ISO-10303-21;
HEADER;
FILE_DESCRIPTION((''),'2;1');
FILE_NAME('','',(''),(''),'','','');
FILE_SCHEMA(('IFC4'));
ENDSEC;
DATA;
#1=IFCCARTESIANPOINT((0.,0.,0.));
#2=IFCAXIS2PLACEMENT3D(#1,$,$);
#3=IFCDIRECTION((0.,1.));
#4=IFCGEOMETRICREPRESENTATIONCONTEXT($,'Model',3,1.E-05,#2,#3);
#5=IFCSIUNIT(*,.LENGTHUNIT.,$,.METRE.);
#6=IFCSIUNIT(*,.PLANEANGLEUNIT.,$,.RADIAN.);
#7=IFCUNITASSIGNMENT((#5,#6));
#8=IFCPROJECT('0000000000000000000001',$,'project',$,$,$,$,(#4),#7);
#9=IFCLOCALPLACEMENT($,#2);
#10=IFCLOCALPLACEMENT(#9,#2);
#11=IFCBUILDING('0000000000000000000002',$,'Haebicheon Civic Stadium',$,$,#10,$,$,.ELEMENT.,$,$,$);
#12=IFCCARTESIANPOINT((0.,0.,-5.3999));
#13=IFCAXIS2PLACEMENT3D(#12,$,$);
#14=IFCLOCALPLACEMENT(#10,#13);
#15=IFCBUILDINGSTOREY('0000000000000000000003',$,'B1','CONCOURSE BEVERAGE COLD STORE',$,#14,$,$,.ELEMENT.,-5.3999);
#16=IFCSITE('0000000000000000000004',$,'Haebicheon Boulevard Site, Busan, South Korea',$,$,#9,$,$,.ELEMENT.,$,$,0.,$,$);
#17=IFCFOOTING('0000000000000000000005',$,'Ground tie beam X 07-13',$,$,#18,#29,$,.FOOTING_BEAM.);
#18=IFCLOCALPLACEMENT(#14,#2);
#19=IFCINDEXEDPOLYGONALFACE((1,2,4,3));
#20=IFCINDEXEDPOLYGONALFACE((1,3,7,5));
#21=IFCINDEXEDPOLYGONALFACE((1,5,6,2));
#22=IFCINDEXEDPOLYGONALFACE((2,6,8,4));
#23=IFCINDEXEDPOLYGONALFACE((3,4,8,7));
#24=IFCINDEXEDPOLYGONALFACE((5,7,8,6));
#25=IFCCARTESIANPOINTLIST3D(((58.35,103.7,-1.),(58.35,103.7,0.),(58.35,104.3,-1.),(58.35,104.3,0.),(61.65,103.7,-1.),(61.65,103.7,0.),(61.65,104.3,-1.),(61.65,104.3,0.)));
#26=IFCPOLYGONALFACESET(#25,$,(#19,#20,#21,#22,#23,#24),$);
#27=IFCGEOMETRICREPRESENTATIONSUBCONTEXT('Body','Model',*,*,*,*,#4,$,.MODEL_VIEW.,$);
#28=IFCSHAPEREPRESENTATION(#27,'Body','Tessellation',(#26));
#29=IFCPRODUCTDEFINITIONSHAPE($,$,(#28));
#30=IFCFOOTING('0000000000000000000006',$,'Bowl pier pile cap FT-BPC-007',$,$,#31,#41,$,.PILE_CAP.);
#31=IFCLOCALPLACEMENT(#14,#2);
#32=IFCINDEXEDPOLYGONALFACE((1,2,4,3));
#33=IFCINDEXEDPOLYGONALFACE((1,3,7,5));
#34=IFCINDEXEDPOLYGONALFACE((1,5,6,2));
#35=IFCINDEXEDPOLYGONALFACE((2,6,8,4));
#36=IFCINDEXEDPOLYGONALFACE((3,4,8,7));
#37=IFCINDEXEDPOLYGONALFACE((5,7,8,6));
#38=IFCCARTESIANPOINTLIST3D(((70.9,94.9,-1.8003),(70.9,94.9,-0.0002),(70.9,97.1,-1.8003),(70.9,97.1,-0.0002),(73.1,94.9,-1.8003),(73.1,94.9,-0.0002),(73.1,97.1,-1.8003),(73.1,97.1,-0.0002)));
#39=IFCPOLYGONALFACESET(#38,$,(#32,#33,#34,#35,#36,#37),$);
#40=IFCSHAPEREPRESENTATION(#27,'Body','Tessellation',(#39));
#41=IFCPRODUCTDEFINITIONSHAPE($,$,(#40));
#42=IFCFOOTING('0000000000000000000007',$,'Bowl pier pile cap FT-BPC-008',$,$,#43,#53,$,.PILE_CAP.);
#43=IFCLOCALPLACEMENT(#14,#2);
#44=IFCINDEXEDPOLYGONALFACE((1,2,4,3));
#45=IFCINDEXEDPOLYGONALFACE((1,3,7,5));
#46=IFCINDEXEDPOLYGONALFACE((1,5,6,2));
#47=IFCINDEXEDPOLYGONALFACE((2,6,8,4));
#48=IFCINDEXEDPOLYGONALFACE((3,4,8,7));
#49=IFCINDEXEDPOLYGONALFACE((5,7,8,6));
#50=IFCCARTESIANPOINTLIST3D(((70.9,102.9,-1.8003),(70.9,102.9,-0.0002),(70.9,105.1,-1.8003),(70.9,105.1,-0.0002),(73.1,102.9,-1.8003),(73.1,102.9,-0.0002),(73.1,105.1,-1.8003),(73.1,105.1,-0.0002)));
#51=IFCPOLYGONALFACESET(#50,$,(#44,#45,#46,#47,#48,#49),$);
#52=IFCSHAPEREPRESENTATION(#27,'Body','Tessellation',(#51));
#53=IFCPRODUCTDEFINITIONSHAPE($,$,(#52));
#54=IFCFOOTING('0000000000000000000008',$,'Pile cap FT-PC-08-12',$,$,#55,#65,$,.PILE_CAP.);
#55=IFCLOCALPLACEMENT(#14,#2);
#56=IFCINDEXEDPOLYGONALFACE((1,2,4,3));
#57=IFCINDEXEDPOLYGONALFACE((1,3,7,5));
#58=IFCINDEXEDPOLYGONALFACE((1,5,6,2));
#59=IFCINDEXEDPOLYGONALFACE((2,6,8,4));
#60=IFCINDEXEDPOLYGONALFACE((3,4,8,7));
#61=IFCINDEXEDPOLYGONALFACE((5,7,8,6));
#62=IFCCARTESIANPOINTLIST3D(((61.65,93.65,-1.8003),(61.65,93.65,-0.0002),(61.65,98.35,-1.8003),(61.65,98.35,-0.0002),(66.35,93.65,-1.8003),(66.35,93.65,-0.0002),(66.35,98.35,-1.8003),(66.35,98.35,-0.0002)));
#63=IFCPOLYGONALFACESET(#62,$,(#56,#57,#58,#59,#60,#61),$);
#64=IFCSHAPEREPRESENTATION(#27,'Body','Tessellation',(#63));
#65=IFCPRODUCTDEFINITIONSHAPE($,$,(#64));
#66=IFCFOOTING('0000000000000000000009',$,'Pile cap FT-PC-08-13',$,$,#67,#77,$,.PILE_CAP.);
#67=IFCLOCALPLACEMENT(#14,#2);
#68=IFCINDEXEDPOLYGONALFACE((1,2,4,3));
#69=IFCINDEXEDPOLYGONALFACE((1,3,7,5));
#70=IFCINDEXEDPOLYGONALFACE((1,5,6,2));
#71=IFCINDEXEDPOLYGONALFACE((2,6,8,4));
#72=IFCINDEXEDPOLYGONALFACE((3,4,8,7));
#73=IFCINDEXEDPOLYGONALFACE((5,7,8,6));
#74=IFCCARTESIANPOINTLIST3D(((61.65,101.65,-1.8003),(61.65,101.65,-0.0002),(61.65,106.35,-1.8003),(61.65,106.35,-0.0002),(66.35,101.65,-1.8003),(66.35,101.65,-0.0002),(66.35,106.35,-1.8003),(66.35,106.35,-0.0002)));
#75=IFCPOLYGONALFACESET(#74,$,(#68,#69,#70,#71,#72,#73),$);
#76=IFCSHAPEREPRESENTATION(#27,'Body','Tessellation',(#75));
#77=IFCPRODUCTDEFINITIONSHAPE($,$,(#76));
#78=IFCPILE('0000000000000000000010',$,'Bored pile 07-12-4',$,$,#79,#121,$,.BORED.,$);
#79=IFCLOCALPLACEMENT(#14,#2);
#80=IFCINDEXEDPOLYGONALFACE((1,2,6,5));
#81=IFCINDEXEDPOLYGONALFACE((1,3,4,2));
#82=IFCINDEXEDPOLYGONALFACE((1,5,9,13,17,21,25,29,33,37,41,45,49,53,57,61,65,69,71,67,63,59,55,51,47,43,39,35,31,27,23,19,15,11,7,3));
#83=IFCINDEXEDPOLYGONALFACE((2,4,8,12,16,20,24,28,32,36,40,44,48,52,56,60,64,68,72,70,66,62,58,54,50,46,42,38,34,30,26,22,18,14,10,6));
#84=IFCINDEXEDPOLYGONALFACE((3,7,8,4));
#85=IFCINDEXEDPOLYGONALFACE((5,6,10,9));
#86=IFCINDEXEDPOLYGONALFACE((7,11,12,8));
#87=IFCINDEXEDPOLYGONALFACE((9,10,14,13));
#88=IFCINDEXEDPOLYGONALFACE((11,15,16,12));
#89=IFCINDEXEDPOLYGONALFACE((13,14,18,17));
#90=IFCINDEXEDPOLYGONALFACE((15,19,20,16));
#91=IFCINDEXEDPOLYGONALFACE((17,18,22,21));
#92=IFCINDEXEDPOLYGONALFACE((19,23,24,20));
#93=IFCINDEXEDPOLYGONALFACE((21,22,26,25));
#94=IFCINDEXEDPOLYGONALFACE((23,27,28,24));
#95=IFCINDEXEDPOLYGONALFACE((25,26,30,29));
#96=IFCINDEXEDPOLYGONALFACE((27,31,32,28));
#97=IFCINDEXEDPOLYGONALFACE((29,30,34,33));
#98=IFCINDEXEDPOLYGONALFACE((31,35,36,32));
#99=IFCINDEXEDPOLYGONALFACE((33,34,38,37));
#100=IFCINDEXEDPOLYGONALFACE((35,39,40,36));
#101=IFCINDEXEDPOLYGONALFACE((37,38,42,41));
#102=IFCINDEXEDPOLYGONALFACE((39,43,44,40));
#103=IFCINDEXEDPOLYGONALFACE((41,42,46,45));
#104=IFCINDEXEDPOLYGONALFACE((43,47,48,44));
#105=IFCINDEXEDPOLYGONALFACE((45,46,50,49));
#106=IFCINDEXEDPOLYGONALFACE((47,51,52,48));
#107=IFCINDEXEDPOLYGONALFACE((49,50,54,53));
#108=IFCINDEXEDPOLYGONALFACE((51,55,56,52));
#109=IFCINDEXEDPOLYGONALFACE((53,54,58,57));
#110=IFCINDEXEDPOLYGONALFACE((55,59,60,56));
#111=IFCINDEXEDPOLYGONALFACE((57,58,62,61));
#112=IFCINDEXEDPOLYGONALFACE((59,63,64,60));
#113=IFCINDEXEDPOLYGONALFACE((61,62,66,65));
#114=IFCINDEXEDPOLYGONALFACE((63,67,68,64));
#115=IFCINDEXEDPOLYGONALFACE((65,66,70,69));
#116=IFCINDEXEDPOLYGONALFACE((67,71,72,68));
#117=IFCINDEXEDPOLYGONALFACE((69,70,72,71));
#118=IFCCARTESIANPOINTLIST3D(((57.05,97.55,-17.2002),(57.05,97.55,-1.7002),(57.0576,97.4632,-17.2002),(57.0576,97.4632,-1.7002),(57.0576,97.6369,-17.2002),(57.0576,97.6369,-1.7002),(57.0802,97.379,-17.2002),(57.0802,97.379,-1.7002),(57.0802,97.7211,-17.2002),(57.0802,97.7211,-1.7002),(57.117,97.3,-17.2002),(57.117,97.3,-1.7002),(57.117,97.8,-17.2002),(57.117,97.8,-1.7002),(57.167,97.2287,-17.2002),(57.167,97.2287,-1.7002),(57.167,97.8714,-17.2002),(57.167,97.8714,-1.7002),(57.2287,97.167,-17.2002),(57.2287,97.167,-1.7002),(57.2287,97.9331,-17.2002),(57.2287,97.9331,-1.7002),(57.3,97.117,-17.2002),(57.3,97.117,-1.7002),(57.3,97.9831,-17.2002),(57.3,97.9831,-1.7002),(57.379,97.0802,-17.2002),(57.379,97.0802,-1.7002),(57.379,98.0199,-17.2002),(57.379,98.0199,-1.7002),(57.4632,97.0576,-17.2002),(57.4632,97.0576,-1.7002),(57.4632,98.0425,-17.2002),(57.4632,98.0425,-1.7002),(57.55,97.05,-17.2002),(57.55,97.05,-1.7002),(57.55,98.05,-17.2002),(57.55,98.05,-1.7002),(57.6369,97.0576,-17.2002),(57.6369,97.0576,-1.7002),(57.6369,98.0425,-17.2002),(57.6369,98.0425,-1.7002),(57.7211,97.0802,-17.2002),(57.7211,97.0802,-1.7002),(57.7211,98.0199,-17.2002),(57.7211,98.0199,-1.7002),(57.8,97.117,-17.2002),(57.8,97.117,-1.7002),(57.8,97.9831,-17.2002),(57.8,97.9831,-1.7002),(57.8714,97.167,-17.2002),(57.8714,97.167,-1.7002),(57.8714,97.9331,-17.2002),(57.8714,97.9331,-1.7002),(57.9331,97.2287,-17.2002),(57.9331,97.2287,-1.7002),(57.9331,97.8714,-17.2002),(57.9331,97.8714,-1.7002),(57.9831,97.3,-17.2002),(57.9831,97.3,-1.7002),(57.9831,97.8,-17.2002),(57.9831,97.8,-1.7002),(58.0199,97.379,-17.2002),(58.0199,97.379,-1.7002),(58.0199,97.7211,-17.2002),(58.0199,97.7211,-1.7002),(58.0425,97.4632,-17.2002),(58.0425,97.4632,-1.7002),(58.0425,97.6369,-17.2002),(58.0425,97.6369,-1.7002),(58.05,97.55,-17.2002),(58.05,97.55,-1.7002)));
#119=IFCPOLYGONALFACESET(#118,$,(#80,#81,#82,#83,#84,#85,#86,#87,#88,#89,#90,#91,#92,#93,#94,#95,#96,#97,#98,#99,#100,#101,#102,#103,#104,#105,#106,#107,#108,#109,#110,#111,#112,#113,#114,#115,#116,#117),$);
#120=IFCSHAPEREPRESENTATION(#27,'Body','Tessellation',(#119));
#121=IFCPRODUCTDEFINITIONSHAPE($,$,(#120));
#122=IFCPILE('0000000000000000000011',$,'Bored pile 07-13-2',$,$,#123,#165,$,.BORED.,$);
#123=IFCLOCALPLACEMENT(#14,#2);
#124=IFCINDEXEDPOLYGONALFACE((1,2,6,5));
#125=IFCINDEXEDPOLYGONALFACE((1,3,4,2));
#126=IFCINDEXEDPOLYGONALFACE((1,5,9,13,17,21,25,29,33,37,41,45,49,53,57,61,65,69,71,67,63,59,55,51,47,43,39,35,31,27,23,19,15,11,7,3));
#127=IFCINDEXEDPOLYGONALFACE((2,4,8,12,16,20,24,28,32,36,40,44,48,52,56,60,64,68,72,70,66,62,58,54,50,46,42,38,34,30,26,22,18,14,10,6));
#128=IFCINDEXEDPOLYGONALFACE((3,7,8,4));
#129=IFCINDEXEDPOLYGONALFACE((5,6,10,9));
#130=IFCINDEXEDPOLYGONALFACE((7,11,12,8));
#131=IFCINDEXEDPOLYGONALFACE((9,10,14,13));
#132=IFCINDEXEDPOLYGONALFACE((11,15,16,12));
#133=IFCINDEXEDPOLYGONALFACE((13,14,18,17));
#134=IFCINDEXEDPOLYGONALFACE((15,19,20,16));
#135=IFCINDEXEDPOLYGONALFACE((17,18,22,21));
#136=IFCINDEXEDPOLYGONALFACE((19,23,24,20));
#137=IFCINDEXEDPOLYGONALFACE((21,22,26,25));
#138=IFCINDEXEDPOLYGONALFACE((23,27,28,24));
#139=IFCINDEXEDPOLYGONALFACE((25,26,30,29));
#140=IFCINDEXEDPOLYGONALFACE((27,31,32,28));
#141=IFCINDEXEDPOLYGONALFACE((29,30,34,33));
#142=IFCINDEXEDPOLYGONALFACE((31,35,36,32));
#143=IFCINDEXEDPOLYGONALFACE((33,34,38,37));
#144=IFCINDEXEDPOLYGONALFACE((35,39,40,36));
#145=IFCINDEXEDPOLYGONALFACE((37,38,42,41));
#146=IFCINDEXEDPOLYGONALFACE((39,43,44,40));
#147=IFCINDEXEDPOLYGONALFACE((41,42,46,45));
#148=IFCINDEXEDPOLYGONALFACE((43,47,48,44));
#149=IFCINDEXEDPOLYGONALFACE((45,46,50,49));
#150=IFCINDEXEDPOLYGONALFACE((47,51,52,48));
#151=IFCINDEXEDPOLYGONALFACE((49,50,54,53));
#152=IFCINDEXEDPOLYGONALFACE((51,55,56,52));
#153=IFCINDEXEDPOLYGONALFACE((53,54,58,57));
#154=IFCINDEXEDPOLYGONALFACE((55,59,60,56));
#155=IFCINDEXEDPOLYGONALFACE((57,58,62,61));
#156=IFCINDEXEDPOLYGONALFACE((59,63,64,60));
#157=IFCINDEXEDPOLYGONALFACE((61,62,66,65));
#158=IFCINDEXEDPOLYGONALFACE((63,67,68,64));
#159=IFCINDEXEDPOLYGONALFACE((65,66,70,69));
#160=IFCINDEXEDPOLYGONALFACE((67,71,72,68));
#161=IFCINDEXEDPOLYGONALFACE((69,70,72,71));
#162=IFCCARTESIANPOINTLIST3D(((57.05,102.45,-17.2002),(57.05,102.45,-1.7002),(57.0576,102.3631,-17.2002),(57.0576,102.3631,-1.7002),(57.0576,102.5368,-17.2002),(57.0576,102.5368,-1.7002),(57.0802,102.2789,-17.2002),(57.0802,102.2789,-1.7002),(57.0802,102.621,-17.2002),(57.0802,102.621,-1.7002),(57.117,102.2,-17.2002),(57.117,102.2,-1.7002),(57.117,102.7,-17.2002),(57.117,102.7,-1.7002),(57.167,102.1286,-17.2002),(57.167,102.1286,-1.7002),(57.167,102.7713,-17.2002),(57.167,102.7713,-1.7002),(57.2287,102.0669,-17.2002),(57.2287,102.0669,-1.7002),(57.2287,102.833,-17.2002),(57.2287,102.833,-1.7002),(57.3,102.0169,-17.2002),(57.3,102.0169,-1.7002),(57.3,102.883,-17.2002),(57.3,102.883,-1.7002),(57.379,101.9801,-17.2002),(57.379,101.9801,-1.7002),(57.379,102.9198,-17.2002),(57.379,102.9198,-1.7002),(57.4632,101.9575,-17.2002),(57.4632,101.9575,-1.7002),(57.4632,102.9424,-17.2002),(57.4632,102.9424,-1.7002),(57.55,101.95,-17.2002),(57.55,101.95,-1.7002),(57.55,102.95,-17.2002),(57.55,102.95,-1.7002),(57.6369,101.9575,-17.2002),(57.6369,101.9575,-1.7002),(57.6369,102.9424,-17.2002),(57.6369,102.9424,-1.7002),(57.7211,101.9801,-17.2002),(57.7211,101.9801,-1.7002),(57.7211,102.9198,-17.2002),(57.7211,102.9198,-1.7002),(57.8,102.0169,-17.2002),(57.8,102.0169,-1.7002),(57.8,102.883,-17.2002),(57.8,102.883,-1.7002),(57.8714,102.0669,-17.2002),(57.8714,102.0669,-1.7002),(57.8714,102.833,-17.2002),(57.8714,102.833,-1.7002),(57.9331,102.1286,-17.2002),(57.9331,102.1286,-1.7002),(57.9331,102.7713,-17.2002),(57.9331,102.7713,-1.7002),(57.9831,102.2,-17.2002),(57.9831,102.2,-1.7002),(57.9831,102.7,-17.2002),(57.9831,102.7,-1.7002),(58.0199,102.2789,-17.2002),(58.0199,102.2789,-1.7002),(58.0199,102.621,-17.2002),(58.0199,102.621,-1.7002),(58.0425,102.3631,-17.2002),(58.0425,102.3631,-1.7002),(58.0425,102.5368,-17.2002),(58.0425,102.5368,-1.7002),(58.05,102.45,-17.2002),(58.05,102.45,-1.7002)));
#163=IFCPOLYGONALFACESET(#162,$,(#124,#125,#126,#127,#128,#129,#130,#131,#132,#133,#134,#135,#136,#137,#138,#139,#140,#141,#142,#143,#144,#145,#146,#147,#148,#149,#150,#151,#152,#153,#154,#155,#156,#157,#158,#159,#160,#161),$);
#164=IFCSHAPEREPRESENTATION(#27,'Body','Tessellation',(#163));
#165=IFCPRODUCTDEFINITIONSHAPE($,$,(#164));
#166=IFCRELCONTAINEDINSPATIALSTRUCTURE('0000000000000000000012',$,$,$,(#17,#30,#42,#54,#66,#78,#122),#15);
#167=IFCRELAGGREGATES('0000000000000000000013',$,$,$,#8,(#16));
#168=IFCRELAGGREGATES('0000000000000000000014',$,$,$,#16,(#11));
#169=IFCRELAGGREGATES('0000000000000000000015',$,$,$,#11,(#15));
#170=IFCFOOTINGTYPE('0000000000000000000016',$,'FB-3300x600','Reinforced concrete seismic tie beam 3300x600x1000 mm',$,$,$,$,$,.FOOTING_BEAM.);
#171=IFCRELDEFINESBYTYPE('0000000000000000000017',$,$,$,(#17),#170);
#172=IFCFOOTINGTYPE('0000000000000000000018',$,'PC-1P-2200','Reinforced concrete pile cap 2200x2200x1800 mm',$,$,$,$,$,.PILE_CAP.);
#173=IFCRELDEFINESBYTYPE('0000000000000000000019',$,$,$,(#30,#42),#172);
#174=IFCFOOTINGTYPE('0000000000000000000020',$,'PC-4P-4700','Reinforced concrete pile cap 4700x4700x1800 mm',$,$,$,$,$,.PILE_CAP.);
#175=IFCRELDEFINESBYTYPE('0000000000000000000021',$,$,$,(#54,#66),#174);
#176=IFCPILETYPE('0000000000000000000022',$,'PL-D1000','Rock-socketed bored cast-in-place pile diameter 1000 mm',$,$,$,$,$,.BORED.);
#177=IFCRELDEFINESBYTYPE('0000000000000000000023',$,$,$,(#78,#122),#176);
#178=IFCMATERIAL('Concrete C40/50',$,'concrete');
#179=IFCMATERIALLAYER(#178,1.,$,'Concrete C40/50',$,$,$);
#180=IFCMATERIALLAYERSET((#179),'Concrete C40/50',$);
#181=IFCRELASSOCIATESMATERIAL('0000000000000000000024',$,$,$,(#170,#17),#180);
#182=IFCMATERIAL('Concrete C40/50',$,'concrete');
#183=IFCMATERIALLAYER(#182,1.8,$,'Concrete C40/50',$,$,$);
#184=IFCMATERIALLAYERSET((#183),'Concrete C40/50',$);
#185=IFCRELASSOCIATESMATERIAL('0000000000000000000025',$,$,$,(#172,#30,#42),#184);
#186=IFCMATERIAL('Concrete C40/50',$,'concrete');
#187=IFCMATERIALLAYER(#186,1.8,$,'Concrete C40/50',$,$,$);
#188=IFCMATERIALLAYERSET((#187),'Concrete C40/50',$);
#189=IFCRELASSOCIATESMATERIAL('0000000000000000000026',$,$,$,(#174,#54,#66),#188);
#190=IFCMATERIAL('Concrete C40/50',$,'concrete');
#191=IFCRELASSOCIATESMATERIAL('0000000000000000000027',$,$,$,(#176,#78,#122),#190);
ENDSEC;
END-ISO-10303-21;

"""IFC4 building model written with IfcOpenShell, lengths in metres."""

from ifc_helpers import new_model, si_unit, direction, frame, origin, origin_2d, place, context, subcontext, project, spatial, rectangle, circle, extrude, material, layer, layer_set, material_profile, profile_set, type_object, element, save


model = new_model("IFC4")

# Units and contexts
model_context = context("Model", 3, precision=1e-05, world=origin(), true_north=direction((0.0, 1.0)))
body_context = subcontext(model_context, "Body", "Model", "MODEL_VIEW")
ifc_project = project(units=[si_unit("LENGTHUNIT", "METRE"), si_unit("PLANEANGLEUNIT", "RADIAN")], contexts=[model_context])

# Site, building, storey
site_placement = place(None, origin())
site = spatial("IfcSite", under=ifc_project, at=site_placement, Name="Haebicheon Boulevard Site, Busan, South Korea", CompositionType="ELEMENT", RefElevation=0.0)
building_placement = place(site_placement, origin())
building = spatial("IfcBuilding", under=site, at=building_placement, Name="Haebicheon Civic Stadium", CompositionType="ELEMENT")
storey_placement = place(building_placement, frame((0.0, 0.0, -5.3999)))
storey = spatial("IfcBuildingStorey", under=building, at=storey_placement, Name="B1", Description="CONCOURSE BEVERAGE COLD STORE", CompositionType="ELEMENT", Elevation=-5.3999)

# Footings
ifc_material_1 = material(Name="Concrete C40/50", Category="concrete")
ifc_layer_1 = layer(ifc_material_1, 1.0, Name="Concrete C40/50")
ifc_layer_set_1 = layer_set([ifc_layer_1], Name="Concrete C40/50")
footing_type_1 = type_object("IfcFootingType", Name="FB-3300x600", Description="Reinforced concrete seismic tie beam 3300x600x1000 mm", PredefinedType="FOOTING_BEAM", material=ifc_layer_set_1)
footing_placement = place(storey_placement, frame((60.0, 104.0, -1.0), z_axis=(0.0, 0.0, 1.0), x_axis=(1.0, 0.0, 0.0)))
element("IfcFooting", 1, at=footing_placement, inside=storey, type_object=footing_type_1, material=ifc_layer_set_1, Name="Ground tie beam X 07-13", PredefinedType="FOOTING_BEAM", context=body_context, shape_type="SweptSolid", body=[
    extrude(rectangle(XDim=3.3, YDim=0.6001, at=origin_2d()), origin(), (0.0, 0.0, 1.0), 1.0),
])
ifc_material_2 = material(Name="Concrete C40/50", Category="concrete")
ifc_layer_2 = layer(ifc_material_2, 1.8, Name="Concrete C40/50")
ifc_layer_set_2 = layer_set([ifc_layer_2], Name="Concrete C40/50")
footing_type_2 = type_object("IfcFootingType", Name="PC-1P-2200", Description="Reinforced concrete pile cap 2200x2200x1800 mm", PredefinedType="PILE_CAP", material=ifc_layer_set_2)
for number, where, z_axis, x_axis, name in (
    (2, (72.0, 96.0, -1.8003), (0.0, 0.0, 1.0), (1.0, 0.0, 0.0), "Bowl pier pile cap FT-BPC-007"),
    (3, (72.0, 104.0, -1.8003), (0.0, 0.0, 1.0), (1.0, 0.0, 0.0), "Bowl pier pile cap FT-BPC-008"),
):
    element("IfcFooting", number, at=place(storey_placement, frame(where, z_axis=z_axis, x_axis=x_axis)), inside=storey, type_object=footing_type_2, material=ifc_layer_set_2, Name=name, PredefinedType="PILE_CAP", context=body_context, shape_type="SweptSolid", body=[
        extrude(rectangle(XDim=2.2, YDim=2.2, at=origin_2d()), origin(), (0.0, 0.0, 1.0), 1.8),
    ])
ifc_material_3 = material(Name="Concrete C40/50", Category="concrete")
ifc_layer_3 = layer(ifc_material_3, 1.8, Name="Concrete C40/50")
ifc_layer_set_3 = layer_set([ifc_layer_3], Name="Concrete C40/50")
footing_type_3 = type_object("IfcFootingType", Name="PC-4P-4700", Description="Reinforced concrete pile cap 4700x4700x1800 mm", PredefinedType="PILE_CAP", material=ifc_layer_set_3)
for number, where, z_axis, x_axis, name in (
    (4, (64.0, 96.0, -1.8003), (0.0, 0.0, 1.0), (1.0, 0.0, 0.0), "Pile cap FT-PC-08-12"),
    (5, (64.0, 104.0, -1.8003), (0.0, 0.0, 1.0), (1.0, 0.0, 0.0), "Pile cap FT-PC-08-13"),
):
    element("IfcFooting", number, at=place(storey_placement, frame(where, z_axis=z_axis, x_axis=x_axis)), inside=storey, type_object=footing_type_3, material=ifc_layer_set_3, Name=name, PredefinedType="PILE_CAP", context=body_context, shape_type="SweptSolid", body=[
        extrude(rectangle(XDim=4.7, YDim=4.7, at=origin_2d()), origin(), (0.0, 0.0, 1.0), 1.8),
    ])

# Piles
ifc_material_4 = material(Name="Concrete C40/50", Category="concrete")
ifc_material_profile_1 = material_profile(ifc_material_4, circle(Radius=0.5, at=origin_2d()), Name="PILE-D1000")
ifc_profile_set_1 = profile_set([ifc_material_profile_1], Name="Concrete C40/50")
pile_type = type_object("IfcPileType", Name="PL-D1000", Description="Rock-socketed bored cast-in-place pile diameter 1000 mm", PredefinedType="BORED", material=ifc_profile_set_1)
for number, where, z_axis, x_axis, name in (
    (6, (57.55, 97.55, -1.7002), (0.0, 0.0, -1.0), (1.0, 0.0, 0.0), "Bored pile 07-12-4"),
    (7, (57.55, 102.45, -1.7002), (0.0, 0.0, -1.0), (1.0, 0.0, 0.0), "Bored pile 07-13-2"),
):
    element("IfcPile", number, at=place(storey_placement, frame(where, z_axis=z_axis, x_axis=x_axis)), inside=storey, type_object=pile_type, material=ifc_profile_set_1, Name=name, PredefinedType="BORED", context=body_context, shape_type="SweptSolid", body=[
        extrude(circle(Radius=0.5, at=origin_2d()), origin(), (0.0, 0.0, 1.0), 15.5),
    ])

save(model, "model.ifc")
